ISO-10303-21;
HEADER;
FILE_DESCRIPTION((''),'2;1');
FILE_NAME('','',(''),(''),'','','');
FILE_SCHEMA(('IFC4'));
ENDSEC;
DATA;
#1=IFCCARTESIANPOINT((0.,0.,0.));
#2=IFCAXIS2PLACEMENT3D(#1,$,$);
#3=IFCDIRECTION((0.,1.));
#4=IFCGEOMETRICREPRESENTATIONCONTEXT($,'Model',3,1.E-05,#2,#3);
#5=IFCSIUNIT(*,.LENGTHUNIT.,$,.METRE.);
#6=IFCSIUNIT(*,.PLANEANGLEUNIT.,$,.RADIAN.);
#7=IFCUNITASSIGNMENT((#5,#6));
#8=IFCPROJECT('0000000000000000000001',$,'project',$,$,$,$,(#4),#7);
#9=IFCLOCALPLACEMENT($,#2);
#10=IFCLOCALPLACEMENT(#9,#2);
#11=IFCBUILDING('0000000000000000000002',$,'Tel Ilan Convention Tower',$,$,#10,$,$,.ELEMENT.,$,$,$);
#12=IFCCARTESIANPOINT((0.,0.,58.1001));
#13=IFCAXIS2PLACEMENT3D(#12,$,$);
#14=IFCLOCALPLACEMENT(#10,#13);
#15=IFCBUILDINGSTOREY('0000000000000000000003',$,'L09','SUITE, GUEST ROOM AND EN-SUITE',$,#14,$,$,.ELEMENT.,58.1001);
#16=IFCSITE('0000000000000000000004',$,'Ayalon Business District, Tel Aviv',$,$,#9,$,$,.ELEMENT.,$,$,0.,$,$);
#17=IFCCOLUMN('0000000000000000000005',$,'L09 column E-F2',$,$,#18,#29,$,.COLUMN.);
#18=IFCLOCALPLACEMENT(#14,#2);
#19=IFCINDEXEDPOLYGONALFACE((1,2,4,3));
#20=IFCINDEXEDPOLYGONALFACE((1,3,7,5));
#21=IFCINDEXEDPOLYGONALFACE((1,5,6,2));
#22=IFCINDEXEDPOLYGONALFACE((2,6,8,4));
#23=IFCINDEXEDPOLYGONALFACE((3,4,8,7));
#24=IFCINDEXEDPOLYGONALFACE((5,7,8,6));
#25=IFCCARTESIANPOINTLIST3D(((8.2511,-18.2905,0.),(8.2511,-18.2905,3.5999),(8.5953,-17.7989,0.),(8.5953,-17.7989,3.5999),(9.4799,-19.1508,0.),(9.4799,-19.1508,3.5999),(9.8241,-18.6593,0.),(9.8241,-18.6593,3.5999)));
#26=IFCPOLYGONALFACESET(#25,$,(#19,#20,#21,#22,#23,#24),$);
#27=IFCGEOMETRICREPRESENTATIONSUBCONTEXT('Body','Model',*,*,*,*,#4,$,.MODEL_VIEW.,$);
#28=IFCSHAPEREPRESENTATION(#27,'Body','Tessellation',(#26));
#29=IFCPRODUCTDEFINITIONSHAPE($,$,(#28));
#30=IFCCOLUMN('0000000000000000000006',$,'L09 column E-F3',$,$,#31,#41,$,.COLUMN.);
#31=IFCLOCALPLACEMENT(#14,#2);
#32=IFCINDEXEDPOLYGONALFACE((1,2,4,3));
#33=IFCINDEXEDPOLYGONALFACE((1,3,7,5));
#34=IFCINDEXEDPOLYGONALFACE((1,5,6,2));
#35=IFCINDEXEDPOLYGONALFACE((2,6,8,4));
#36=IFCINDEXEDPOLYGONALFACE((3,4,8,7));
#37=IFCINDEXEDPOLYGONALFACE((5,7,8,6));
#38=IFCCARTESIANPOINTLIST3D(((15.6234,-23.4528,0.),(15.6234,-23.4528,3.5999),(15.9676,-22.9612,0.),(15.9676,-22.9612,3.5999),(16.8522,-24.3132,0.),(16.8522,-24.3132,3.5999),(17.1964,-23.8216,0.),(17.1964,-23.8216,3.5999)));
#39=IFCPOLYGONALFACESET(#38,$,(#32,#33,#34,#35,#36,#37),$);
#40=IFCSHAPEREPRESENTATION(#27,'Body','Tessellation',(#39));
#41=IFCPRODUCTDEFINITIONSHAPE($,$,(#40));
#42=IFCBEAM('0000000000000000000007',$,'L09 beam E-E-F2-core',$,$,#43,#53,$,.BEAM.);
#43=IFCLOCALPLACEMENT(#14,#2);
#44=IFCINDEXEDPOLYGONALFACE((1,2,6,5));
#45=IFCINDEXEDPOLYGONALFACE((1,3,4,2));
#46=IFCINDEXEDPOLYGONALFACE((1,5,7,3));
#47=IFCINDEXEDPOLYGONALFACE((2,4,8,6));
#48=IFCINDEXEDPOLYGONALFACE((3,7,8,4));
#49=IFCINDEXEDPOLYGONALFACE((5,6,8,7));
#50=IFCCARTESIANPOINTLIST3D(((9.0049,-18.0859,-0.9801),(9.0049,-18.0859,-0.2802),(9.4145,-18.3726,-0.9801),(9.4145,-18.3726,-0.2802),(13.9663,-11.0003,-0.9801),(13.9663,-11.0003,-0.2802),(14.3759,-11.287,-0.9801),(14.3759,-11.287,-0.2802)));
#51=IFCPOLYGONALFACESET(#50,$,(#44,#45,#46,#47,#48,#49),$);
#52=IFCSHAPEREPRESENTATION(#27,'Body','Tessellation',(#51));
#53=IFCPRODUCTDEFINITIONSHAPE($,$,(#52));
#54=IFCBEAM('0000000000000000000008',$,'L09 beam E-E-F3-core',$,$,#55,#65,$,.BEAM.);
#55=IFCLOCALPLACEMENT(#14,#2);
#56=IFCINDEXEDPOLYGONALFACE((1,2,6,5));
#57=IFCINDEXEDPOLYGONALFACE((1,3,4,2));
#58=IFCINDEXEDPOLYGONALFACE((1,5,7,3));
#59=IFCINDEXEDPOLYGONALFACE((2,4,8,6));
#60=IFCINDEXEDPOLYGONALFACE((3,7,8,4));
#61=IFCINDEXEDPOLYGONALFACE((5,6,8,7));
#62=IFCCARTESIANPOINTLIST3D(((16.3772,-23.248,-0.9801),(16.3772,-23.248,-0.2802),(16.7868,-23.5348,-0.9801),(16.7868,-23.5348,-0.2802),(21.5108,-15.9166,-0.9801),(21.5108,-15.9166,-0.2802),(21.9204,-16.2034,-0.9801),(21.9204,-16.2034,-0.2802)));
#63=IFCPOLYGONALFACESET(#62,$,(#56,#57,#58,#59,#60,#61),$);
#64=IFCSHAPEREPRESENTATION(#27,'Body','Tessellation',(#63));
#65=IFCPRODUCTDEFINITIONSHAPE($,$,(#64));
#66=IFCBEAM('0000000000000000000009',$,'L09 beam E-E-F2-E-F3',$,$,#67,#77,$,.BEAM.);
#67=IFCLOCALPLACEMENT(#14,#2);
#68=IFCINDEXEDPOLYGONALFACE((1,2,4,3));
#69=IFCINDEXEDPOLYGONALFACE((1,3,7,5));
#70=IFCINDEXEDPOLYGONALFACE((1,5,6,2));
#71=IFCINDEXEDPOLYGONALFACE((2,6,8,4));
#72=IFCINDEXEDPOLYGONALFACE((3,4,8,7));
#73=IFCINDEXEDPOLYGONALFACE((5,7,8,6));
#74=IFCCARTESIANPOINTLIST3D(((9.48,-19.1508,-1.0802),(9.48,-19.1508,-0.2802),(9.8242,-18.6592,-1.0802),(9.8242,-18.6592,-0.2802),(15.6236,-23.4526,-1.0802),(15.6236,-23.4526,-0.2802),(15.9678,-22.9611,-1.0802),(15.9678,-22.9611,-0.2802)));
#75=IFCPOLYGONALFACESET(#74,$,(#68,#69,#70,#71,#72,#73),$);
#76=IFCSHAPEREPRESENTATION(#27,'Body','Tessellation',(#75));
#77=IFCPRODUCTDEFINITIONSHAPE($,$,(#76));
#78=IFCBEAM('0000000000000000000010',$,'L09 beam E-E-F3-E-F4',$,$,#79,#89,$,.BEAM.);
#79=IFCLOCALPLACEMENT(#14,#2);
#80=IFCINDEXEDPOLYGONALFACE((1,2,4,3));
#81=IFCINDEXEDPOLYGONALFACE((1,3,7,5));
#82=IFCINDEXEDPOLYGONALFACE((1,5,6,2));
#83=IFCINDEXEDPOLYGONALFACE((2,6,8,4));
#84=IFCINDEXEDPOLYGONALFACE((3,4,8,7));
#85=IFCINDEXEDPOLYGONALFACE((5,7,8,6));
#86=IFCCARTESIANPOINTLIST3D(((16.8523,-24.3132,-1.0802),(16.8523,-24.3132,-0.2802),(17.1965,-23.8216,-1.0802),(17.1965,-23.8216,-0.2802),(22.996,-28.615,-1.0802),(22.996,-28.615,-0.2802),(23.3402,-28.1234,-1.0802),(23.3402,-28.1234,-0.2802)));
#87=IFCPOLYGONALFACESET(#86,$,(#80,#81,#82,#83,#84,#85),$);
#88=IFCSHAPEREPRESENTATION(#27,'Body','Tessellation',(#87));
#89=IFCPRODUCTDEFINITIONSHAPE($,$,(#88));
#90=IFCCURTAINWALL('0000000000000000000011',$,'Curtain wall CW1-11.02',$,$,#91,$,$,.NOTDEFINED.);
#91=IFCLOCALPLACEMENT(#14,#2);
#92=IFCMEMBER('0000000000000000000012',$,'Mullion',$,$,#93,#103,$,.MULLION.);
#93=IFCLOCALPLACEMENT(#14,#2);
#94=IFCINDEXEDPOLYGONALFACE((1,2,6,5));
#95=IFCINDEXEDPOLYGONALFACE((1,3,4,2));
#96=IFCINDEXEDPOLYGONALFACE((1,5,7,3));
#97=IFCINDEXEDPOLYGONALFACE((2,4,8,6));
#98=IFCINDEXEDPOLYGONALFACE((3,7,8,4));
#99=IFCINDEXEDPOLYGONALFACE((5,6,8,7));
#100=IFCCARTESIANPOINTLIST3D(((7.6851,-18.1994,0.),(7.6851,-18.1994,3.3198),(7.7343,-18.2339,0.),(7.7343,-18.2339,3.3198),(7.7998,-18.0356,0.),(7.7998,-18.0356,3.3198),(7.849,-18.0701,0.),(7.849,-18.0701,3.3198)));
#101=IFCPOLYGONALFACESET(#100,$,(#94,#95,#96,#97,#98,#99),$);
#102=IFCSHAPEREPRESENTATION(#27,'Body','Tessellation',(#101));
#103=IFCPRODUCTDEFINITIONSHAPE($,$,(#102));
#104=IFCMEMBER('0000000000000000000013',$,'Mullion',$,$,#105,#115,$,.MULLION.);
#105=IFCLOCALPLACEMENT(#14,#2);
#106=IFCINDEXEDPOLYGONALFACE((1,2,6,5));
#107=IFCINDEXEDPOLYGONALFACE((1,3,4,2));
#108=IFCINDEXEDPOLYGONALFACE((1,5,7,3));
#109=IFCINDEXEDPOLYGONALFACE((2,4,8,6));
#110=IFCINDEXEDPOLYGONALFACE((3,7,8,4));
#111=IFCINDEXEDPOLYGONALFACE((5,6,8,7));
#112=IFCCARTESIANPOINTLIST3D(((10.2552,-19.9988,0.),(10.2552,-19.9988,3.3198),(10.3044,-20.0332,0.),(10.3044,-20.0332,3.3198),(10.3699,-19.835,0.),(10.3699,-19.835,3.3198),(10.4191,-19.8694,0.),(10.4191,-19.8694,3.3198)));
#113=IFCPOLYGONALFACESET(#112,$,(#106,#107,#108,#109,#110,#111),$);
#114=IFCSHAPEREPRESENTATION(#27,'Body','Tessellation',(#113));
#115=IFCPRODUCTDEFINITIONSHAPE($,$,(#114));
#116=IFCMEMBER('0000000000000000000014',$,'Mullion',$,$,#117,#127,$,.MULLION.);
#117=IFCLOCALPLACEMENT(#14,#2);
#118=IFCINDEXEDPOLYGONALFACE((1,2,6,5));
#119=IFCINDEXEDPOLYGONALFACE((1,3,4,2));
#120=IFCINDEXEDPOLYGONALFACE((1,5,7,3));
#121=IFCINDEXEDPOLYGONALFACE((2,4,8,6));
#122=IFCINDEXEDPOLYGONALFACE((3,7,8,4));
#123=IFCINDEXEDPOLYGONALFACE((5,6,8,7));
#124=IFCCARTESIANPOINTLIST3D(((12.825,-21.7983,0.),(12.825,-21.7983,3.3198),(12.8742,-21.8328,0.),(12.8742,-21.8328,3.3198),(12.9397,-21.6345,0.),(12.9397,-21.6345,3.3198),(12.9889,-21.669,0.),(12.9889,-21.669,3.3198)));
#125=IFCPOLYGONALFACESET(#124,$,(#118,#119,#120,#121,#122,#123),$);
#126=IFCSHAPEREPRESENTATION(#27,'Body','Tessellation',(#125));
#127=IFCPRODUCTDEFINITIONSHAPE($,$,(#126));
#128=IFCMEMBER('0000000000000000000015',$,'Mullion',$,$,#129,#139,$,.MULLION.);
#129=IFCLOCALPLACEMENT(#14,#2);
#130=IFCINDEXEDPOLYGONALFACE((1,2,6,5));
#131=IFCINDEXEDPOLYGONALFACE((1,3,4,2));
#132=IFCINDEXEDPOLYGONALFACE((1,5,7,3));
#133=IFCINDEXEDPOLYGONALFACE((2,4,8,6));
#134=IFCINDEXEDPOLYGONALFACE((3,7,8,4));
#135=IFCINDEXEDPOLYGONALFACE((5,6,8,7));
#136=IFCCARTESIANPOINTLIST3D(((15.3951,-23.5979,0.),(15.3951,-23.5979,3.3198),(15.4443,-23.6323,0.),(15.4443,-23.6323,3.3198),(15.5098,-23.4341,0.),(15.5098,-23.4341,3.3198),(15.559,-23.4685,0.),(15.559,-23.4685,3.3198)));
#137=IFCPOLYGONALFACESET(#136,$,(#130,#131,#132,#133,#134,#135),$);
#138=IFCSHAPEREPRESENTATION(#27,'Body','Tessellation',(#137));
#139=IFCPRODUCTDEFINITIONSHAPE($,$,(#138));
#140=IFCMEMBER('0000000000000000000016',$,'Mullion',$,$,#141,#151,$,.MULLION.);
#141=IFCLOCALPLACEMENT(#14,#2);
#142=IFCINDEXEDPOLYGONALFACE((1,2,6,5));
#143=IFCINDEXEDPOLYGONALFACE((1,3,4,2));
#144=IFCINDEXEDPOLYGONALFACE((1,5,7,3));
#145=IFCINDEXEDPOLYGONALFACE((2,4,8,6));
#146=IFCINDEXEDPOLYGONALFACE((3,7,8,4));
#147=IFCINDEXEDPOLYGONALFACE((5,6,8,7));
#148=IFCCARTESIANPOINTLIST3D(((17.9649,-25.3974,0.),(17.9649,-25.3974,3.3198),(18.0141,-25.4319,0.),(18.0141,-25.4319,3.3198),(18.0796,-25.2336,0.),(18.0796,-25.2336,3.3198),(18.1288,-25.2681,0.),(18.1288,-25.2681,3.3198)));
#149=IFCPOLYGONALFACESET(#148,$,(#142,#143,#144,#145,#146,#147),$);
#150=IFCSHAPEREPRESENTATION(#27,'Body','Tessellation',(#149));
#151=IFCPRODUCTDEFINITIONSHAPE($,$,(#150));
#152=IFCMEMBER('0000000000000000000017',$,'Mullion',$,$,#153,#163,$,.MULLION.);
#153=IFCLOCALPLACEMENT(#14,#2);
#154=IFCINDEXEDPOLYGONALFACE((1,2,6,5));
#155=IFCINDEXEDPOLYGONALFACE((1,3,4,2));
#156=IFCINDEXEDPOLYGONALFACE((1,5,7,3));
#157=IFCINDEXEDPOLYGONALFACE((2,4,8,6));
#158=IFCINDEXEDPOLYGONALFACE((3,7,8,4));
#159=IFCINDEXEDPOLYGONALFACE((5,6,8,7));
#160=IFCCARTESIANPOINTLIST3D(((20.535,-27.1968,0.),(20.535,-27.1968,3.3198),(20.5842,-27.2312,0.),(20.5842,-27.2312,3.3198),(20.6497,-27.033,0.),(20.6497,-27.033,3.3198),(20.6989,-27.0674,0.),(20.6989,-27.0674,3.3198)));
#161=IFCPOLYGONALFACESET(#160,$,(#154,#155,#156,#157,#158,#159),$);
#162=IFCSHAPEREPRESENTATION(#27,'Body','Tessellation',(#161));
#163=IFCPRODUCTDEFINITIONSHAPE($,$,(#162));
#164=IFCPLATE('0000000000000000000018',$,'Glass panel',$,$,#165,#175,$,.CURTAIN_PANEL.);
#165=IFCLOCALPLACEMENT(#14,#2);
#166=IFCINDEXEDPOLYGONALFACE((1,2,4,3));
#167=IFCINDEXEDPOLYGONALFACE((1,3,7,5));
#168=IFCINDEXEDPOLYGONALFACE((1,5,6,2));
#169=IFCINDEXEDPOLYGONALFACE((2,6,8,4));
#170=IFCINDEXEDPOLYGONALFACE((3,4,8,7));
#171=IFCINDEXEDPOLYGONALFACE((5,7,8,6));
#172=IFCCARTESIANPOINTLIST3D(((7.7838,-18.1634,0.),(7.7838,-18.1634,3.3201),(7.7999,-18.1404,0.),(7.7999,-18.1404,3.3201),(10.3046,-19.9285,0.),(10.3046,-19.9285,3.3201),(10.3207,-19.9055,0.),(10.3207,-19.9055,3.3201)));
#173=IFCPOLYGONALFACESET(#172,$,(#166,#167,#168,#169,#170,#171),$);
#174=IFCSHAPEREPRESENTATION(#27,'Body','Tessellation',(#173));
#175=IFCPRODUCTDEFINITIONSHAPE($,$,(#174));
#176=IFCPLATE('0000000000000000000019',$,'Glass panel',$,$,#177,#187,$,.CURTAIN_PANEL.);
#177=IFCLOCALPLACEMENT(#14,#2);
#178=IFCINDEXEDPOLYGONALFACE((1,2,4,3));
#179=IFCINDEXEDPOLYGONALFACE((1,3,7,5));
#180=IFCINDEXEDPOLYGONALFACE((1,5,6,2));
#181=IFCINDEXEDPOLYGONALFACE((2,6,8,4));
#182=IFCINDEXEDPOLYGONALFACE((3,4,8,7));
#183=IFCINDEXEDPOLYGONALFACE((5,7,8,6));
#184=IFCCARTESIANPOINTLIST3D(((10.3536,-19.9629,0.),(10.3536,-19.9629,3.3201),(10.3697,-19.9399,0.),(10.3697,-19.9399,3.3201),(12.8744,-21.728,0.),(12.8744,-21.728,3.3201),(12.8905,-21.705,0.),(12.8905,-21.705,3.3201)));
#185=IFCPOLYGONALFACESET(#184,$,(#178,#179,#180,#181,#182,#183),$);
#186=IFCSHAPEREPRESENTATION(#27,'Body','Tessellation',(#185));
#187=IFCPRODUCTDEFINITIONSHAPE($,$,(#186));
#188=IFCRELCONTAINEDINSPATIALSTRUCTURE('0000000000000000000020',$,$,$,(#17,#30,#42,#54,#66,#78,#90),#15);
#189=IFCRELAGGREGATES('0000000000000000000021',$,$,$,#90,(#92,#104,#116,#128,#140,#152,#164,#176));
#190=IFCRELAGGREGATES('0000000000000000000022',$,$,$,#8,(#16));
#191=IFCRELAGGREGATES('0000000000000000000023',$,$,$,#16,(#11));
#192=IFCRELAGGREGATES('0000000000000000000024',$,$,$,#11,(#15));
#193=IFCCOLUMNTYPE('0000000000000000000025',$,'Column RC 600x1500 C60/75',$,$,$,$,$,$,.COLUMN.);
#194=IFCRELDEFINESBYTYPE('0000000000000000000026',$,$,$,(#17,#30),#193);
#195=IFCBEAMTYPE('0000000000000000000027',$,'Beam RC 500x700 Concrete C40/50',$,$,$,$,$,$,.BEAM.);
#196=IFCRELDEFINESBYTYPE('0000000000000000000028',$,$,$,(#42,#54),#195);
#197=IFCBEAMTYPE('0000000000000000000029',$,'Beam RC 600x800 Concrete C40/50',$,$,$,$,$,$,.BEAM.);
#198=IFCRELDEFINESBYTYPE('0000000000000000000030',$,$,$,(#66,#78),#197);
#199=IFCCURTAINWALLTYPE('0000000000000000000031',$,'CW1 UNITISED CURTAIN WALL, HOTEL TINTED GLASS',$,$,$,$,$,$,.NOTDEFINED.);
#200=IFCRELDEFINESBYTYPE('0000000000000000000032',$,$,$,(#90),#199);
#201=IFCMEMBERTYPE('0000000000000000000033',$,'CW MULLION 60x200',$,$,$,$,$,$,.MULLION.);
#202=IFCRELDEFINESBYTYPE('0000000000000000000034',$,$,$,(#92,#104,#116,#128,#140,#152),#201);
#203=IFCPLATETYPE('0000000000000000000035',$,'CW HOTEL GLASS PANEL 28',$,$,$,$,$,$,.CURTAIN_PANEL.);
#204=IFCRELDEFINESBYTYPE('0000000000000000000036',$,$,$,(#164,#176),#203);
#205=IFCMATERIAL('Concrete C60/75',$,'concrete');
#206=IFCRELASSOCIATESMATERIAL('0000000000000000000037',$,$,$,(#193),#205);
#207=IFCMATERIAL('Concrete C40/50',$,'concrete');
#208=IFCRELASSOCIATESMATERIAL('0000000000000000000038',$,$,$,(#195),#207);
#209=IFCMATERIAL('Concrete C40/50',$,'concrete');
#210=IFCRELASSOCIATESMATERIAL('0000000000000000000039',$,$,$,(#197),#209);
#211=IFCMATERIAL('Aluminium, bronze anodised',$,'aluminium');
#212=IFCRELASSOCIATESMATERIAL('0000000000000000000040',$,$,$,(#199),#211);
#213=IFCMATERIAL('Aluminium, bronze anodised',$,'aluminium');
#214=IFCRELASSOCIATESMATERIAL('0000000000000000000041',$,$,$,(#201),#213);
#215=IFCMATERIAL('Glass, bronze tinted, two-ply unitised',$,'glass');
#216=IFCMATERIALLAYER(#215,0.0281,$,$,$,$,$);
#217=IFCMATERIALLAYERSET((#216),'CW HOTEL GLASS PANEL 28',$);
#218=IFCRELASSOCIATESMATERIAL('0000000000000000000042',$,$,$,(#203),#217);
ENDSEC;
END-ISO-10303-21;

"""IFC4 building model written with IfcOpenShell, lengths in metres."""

from ifc_helpers import new_model, si_unit, direction, frame, origin, origin_2d, place, context, subcontext, project, spatial, rectangle, extrude, material, layer, layer_set, material_profile, profile_set, type_object, element, aggregate, save


model = new_model("IFC4")

# Units and contexts
model_context = context("Model", 3, precision=1e-05, world=origin(), true_north=direction((0.0, 1.0)))
body_context = subcontext(model_context, "Body", "Model", "MODEL_VIEW")
ifc_project = project(units=[si_unit("LENGTHUNIT", "METRE"), si_unit("PLANEANGLEUNIT", "RADIAN")], contexts=[model_context])

# Site, building, storey
site_placement = place(None, origin())
site = spatial("IfcSite", under=ifc_project, at=site_placement, Name="Ayalon Business District, Tel Aviv", CompositionType="ELEMENT", RefElevation=0.0)
building_placement = place(site_placement, origin())
building = spatial("IfcBuilding", under=site, at=building_placement, Name="Tel Ilan Convention Tower", CompositionType="ELEMENT")
storey_placement = place(building_placement, frame((0.0, 0.0, 58.1001)))
storey = spatial("IfcBuildingStorey", under=building, at=storey_placement, Name="L09", Description="SUITE, GUEST ROOM AND EN-SUITE", CompositionType="ELEMENT", Elevation=58.1001)

# Columns
ifc_material_1 = material(Name="Concrete C60/75", Category="concrete")
ifc_material_profile_1 = material_profile(ifc_material_1, rectangle(XDim=1.5, YDim=0.6001, at=origin_2d()), Name="RC 600x1500")
ifc_profile_set_1 = profile_set([ifc_material_profile_1], Name="Concrete C60/75")
column_type = type_object("IfcColumnType", Name="Column RC 600x1500 C60/75", PredefinedType="COLUMN", material=ifc_profile_set_1)
for number, where, z_axis, x_axis, name in (
    (1, (9.0376, -18.4749, 0.0), (0.0, 0.0, 1.0), (0.819152, -0.573576, 0.0), "L09 column E-F2"),
    (2, (16.4099, -23.6372, 0.0), (0.0, 0.0, 1.0), (0.819152, -0.573576, 0.0), "L09 column E-F3"),
):
    element("IfcColumn", number, at=place(storey_placement, frame(where, z_axis=z_axis, x_axis=x_axis)), inside=storey, type_object=column_type, Name=name, PredefinedType="COLUMN", context=body_context, shape_type="SweptSolid", body=[
        extrude(rectangle(XDim=1.5, YDim=0.6001, at=origin_2d()), origin(), (0.0, 0.0, 1.0), 3.5999),
    ])

# Beams
ifc_material_2 = material(Name="Concrete C40/50", Category="concrete")
ifc_material_profile_2 = material_profile(ifc_material_2, rectangle(XDim=0.5, YDim=0.7, at=origin_2d()), Name="RC 500x700")
ifc_profile_set_2 = profile_set([ifc_material_profile_2], Name="Concrete C40/50")
beam_type_1 = type_object("IfcBeamType", Name="Beam RC 500x700 Concrete C40/50", PredefinedType="BEAM", material=ifc_profile_set_2)
beam_1_placement = place(storey_placement, frame((9.2097, -18.2292, -0.6301), z_axis=(0.573574, 0.819154, 0.0), x_axis=(-0.819154, 0.573574, 0.0)))
element("IfcBeam", 3, at=beam_1_placement, inside=storey, type_object=beam_type_1, Name="L09 beam E-E-F2-core", PredefinedType="BEAM", context=body_context, shape_type="SweptSolid", body=[
    extrude(rectangle(XDim=0.5, YDim=0.7, at=origin_2d()), origin(), (0.0, 0.0, 1.0), 8.6499),
])
beam_2_placement = place(storey_placement, frame((16.582, -23.3914, -0.6301), z_axis=(0.573585, 0.819146, 0.0), x_axis=(-0.819146, 0.573585, 0.0)))
element("IfcBeam", 4, at=beam_2_placement, inside=storey, type_object=beam_type_1, Name="L09 beam E-E-F3-core", PredefinedType="BEAM", context=body_context, shape_type="SweptSolid", body=[
    extrude(rectangle(XDim=0.5, YDim=0.7, at=origin_2d()), origin(), (0.0, 0.0, 1.0), 8.95),
])
ifc_material_3 = material(Name="Concrete C40/50", Category="concrete")
ifc_material_profile_3 = material_profile(ifc_material_3, rectangle(XDim=0.6001, YDim=0.8, at=origin_2d()), Name="RC 600x800")
ifc_profile_set_3 = profile_set([ifc_material_profile_3], Name="Concrete C40/50")
beam_type_2 = type_object("IfcBeamType", Name="Beam RC 600x800 Concrete C40/50", PredefinedType="BEAM", material=ifc_profile_set_3)
for number, where, z_axis, x_axis, name in (
    (5, (9.6521, -18.905, -0.6802), (0.819152, -0.573576, 0.0), (0.573576, 0.819152, 0.0), "L09 beam E-E-F2-E-F3"),
    (6, (17.0244, -24.0674, -0.6802), (0.819152, -0.573576, 0.0), (0.573576, 0.819152, 0.0), "L09 beam E-E-F3-E-F4"),
):
    element("IfcBeam", number, at=place(storey_placement, frame(where, z_axis=z_axis, x_axis=x_axis)), inside=storey, type_object=beam_type_2, Name=name, PredefinedType="BEAM", context=body_context, shape_type="SweptSolid", body=[
        extrude(rectangle(XDim=0.6001, YDim=0.8, at=origin_2d()), origin(), (0.0, 0.0, 1.0), 7.5),
    ])

# Curtain wall, members, plates
ifc_material_4 = material(Name="Aluminium, bronze anodised", Category="aluminium")
curtain_wall_type = type_object("IfcCurtainWallType", Name="CW1 UNITISED CURTAIN WALL, HOTEL TINTED GLASS", PredefinedType="NOTDEFINED", material=ifc_material_4)
curtain_wall_placement = place(storey_placement, origin())
curtain_wall = element("IfcCurtainWall", 7, at=curtain_wall_placement, inside=storey, type_object=curtain_wall_type, Name="Curtain wall CW1-11.02", PredefinedType="NOTDEFINED")
ifc_material_5 = material(Name="Aluminium, bronze anodised", Category="aluminium")
ifc_material_profile_4 = material_profile(ifc_material_5, rectangle(XDim=0.0601, YDim=0.2, at=origin_2d()), Name="CW MULLION 60x200")
ifc_profile_set_4 = profile_set([ifc_material_profile_4], Name="Aluminium, bronze anodised")
member_type = type_object("IfcMemberType", Name="CW MULLION 60x200", PredefinedType="MULLION", material=ifc_profile_set_4)
member_1_placement = place(storey_placement, frame((7.7671, -18.1348, 0.0), z_axis=(0.0, 0.0, 1.0), x_axis=(0.819152, -0.573576, 0.0)))
member_1 = element("IfcMember", 8, at=member_1_placement, type_object=member_type, Name="Mullion", PredefinedType="MULLION", context=body_context, shape_type="SweptSolid", body=[
    extrude(rectangle(XDim=0.0601, YDim=0.2, at=origin_2d()), origin(), (0.0, 0.0, 1.0), 3.3198),
])
member_2_placement = place(storey_placement, frame((10.3372, -19.9341, 0.0), z_axis=(0.0, 0.0, 1.0), x_axis=(0.819152, -0.573576, 0.0)))
member_2 = element("IfcMember", 9, at=member_2_placement, type_object=member_type, Name="Mullion", PredefinedType="MULLION", context=body_context, shape_type="SweptSolid", body=[
    extrude(rectangle(XDim=0.0601, YDim=0.2, at=origin_2d()), origin(), (0.0, 0.0, 1.0), 3.3198),
])
member_3_placement = place(storey_placement, frame((12.907, -21.7336, 0.0), z_axis=(0.0, 0.0, 1.0), x_axis=(0.819152, -0.573576, 0.0)))
member_3 = element("IfcMember", 10, at=member_3_placement, type_object=member_type, Name="Mullion", PredefinedType="MULLION", context=body_context, shape_type="SweptSolid", body=[
    extrude(rectangle(XDim=0.0601, YDim=0.2, at=origin_2d()), origin(), (0.0, 0.0, 1.0), 3.3198),
])
member_4_placement = place(storey_placement, frame((15.4771, -23.5332, 0.0), z_axis=(0.0, 0.0, 1.0), x_axis=(0.819152, -0.573576, 0.0)))
member_4 = element("IfcMember", 11, at=member_4_placement, type_object=member_type, Name="Mullion", PredefinedType="MULLION", context=body_context, shape_type="SweptSolid", body=[
    extrude(rectangle(XDim=0.0601, YDim=0.2, at=origin_2d()), origin(), (0.0, 0.0, 1.0), 3.3198),
])
member_5_placement = place(storey_placement, frame((18.0469, -25.3328, 0.0), z_axis=(0.0, 0.0, 1.0), x_axis=(0.819152, -0.573576, 0.0)))
member_5 = element("IfcMember", 12, at=member_5_placement, type_object=member_type, Name="Mullion", PredefinedType="MULLION", context=body_context, shape_type="SweptSolid", body=[
    extrude(rectangle(XDim=0.0601, YDim=0.2, at=origin_2d()), origin(), (0.0, 0.0, 1.0), 3.3198),
])
member_6_placement = place(storey_placement, frame((20.6169, -27.1321, 0.0), z_axis=(0.0, 0.0, 1.0), x_axis=(0.819152, -0.573576, 0.0)))
member_6 = element("IfcMember", 13, at=member_6_placement, type_object=member_type, Name="Mullion", PredefinedType="MULLION", context=body_context, shape_type="SweptSolid", body=[
    extrude(rectangle(XDim=0.0601, YDim=0.2, at=origin_2d()), origin(), (0.0, 0.0, 1.0), 3.3198),
])
ifc_material_6 = material(Name="Glass, bronze tinted, two-ply unitised", Category="glass")
ifc_layer_1 = layer(ifc_material_6, 0.0281)
ifc_layer_set_1 = layer_set([ifc_layer_1], Name="CW HOTEL GLASS PANEL 28")
plate_type = type_object("IfcPlateType", Name="CW HOTEL GLASS PANEL 28", PredefinedType="CURTAIN_PANEL", material=ifc_layer_set_1)
plate_1_placement = place(storey_placement, frame((9.0522, -19.0344, 0.0), z_axis=(0.0, 0.0, 1.0), x_axis=(0.819152, -0.573576, 0.0)))
plate_1 = element("IfcPlate", 14, at=plate_1_placement, type_object=plate_type, Name="Glass panel", PredefinedType="CURTAIN_PANEL", context=body_context, shape_type="SweptSolid", body=[
    extrude(rectangle(XDim=3.0774, YDim=0.0281, at=origin_2d()), origin(), (0.0, 0.0, 1.0), 3.3201),
])
plate_2_placement = place(storey_placement, frame((11.6221, -20.834, 0.0), z_axis=(0.0, 0.0, 1.0), x_axis=(0.819152, -0.573576, 0.0)))
plate_2 = element("IfcPlate", 15, at=plate_2_placement, type_object=plate_type, Name="Glass panel", PredefinedType="CURTAIN_PANEL", context=body_context, shape_type="SweptSolid", body=[
    extrude(rectangle(XDim=3.0774, YDim=0.0281, at=origin_2d()), origin(), (0.0, 0.0, 1.0), 3.3201),
])
aggregate(curtain_wall, [member_1, member_2, member_3, member_4, member_5, member_6, plate_1, plate_2])

save(model, "model.ifc")
